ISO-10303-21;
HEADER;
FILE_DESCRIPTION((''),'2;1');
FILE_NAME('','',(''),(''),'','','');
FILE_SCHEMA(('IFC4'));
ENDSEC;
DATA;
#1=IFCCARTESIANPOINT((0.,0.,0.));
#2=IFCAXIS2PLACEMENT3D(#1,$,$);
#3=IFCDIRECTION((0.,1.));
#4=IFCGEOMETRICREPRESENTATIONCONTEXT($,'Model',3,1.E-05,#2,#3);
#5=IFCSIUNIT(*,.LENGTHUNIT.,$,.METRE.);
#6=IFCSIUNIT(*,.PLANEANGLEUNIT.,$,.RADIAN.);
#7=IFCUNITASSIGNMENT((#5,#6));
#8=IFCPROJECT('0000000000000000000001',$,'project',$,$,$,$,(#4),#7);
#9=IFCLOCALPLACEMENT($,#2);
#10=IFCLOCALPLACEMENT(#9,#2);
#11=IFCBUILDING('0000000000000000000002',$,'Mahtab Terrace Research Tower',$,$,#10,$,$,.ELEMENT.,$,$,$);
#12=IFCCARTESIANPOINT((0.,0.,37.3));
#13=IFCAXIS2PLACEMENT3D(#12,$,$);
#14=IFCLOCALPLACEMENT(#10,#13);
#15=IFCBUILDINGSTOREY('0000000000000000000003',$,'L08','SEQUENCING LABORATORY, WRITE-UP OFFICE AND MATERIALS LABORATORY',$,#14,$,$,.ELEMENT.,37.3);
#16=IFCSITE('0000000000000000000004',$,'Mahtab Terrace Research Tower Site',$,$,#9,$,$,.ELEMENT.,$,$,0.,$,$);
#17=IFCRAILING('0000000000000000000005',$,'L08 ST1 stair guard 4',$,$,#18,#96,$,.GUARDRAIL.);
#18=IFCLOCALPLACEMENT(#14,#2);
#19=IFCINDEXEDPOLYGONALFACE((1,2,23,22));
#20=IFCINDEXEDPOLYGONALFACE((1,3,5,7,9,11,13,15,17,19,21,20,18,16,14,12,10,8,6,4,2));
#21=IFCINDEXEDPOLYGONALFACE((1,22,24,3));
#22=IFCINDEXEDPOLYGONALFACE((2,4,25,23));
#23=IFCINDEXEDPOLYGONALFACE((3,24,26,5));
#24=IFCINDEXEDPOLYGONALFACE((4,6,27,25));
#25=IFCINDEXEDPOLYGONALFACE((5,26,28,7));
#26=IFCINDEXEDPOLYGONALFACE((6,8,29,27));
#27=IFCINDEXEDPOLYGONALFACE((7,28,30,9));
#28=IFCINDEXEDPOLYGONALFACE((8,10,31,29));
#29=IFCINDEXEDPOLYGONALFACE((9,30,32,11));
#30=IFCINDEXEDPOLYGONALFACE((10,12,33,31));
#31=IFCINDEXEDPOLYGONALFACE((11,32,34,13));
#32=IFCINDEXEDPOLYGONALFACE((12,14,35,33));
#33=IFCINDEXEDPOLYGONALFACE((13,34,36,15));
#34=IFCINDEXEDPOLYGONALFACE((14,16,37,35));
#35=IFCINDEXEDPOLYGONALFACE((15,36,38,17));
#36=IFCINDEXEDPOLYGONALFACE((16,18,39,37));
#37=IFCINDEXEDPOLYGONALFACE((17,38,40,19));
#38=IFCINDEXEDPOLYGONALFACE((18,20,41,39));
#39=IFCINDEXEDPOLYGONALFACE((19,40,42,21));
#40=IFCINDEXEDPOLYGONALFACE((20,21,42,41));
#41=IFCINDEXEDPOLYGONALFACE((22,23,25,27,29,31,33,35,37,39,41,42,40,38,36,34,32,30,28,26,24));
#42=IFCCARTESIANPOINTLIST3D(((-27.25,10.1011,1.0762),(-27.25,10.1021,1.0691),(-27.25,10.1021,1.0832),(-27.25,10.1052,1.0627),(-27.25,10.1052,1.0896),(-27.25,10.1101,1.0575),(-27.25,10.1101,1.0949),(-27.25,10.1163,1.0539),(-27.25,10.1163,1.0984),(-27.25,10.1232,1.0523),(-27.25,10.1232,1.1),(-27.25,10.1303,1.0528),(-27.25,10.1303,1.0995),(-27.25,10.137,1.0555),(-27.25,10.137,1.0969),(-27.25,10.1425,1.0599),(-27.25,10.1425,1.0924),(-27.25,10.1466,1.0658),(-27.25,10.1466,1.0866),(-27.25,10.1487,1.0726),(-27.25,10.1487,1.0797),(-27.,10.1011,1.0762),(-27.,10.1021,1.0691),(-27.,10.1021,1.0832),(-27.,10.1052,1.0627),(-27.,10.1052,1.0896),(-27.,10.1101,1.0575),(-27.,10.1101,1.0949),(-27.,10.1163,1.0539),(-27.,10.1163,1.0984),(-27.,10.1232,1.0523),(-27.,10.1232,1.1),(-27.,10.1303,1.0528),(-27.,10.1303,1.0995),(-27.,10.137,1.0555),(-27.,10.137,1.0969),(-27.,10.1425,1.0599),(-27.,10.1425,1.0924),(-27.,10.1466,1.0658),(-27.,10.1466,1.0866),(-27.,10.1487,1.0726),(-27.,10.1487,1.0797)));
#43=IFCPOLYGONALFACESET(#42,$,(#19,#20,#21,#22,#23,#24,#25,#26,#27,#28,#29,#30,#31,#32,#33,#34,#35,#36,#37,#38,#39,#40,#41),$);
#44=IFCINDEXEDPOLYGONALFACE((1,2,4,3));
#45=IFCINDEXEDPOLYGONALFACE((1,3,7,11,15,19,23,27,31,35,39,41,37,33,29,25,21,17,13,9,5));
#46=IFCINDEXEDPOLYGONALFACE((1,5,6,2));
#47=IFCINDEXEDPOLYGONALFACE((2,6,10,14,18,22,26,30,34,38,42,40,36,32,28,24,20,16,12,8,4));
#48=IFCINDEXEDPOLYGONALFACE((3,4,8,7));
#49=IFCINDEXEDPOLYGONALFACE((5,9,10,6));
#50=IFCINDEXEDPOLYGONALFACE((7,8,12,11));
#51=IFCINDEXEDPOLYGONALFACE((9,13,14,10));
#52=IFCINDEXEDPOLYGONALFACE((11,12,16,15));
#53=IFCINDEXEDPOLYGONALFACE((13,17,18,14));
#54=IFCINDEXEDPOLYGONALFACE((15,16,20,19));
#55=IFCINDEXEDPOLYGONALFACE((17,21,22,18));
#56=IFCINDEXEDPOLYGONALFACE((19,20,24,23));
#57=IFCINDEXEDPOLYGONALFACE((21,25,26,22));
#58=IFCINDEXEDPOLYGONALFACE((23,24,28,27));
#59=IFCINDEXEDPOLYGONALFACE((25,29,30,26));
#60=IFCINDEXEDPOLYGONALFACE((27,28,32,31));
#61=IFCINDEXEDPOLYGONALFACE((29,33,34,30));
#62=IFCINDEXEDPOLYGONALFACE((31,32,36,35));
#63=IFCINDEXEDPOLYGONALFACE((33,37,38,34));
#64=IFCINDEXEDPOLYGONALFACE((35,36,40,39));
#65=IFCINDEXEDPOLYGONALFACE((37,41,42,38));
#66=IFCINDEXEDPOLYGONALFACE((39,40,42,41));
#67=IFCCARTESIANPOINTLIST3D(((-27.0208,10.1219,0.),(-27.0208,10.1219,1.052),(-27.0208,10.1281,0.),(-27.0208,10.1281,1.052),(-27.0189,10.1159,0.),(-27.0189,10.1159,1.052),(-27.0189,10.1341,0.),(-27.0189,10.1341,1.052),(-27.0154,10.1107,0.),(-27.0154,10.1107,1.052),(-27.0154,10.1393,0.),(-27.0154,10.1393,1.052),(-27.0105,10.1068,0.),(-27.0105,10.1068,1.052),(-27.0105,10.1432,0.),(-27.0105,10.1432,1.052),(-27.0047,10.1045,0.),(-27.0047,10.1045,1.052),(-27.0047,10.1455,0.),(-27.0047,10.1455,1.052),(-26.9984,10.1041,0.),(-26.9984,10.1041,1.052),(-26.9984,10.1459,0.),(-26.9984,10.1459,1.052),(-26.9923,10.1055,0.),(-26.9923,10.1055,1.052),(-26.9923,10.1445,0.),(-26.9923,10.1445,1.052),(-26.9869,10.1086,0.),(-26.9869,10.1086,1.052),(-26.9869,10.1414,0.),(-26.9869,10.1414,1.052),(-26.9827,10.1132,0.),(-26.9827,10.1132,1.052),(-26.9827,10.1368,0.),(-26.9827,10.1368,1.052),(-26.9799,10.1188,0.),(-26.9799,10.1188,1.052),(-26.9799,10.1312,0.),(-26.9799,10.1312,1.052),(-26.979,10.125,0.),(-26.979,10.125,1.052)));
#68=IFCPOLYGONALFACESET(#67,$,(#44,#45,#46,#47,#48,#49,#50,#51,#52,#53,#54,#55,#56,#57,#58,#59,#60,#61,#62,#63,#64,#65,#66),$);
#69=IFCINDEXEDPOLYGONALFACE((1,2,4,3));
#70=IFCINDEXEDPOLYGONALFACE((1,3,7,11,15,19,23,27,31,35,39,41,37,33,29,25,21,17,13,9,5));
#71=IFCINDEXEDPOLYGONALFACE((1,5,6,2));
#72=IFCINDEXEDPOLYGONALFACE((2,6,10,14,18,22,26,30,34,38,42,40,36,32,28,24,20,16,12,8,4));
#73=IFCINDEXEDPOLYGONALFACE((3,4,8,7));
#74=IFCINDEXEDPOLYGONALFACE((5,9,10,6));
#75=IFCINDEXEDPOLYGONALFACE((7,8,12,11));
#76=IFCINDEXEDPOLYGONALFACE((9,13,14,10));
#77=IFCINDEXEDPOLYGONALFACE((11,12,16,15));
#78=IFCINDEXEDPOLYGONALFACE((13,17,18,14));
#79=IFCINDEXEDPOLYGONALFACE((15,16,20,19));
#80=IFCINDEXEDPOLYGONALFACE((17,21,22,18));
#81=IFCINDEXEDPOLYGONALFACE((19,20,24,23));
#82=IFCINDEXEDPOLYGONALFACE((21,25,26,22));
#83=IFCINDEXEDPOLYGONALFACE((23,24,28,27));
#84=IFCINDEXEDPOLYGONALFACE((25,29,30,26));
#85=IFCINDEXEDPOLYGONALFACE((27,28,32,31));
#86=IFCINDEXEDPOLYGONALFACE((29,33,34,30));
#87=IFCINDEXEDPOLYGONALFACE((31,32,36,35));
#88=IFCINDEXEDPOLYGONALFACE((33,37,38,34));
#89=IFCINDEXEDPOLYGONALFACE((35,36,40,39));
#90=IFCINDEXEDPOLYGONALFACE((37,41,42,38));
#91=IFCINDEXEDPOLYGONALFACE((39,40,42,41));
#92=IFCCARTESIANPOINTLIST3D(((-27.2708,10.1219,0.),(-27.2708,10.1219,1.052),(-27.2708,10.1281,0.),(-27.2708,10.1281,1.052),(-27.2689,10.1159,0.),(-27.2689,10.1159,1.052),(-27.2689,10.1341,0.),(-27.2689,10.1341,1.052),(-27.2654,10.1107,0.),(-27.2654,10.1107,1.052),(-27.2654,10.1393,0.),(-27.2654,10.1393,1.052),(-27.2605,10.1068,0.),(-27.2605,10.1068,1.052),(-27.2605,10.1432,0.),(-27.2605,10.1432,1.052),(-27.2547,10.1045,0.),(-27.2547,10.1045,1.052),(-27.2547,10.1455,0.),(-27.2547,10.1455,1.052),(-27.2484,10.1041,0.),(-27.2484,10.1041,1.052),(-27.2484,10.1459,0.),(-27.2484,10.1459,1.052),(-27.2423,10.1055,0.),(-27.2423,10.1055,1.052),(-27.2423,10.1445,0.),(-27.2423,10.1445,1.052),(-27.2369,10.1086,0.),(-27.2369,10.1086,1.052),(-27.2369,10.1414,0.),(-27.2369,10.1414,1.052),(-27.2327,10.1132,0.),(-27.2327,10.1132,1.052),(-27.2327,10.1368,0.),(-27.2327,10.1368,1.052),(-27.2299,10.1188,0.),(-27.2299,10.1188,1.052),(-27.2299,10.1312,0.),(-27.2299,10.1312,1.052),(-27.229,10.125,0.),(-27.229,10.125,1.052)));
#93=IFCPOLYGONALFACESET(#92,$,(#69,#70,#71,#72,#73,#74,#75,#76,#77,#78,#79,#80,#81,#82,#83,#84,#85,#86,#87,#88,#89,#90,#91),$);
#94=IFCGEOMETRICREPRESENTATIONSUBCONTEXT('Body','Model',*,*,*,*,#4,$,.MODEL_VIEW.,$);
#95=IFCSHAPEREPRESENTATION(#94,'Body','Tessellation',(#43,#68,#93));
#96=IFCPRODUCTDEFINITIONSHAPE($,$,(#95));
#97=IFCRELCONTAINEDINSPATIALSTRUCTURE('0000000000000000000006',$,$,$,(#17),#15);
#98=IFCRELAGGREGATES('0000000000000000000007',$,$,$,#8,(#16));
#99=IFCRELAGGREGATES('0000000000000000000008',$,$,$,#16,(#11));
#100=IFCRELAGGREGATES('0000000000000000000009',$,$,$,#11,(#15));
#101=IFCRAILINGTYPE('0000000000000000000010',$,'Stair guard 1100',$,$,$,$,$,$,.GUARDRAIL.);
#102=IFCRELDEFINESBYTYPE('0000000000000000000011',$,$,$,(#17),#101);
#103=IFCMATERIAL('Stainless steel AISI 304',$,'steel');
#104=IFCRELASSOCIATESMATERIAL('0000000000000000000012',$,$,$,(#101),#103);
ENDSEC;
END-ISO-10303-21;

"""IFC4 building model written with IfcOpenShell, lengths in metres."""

from ifc_helpers import new_model, si_unit, direction, frame, origin, origin_2d, place, context, subcontext, project, spatial, circle, extrude, material, type_object, element, save


model = new_model("IFC4")

# Units and contexts
model_context = context("Model", 3, precision=1e-05, world=origin(), true_north=direction((0.0, 1.0)))
body_context = subcontext(model_context, "Body", "Model", "MODEL_VIEW")
ifc_project = project(units=[si_unit("LENGTHUNIT", "METRE"), si_unit("PLANEANGLEUNIT", "RADIAN")], contexts=[model_context])

# Site, building, storey
site_placement = place(None, origin())
site = spatial("IfcSite", under=ifc_project, at=site_placement, Name="Mahtab Terrace Research Tower Site", CompositionType="ELEMENT", RefElevation=0.0)
building_placement = place(site_placement, origin())
building = spatial("IfcBuilding", under=site, at=building_placement, Name="Mahtab Terrace Research Tower", CompositionType="ELEMENT")
storey_placement = place(building_placement, frame((0.0, 0.0, 37.3)))
storey = spatial("IfcBuildingStorey", under=building, at=storey_placement, Name="L08", Description="SEQUENCING LABORATORY, WRITE-UP OFFICE AND MATERIALS LABORATORY", CompositionType="ELEMENT", Elevation=37.3)

# Railing
ifc_material_1 = material(Name="Stainless steel AISI 304", Category="steel")
railing_type_1 = type_object("IfcRailingType", Name="Stair guard 1100", PredefinedType="GUARDRAIL", material=ifc_material_1)
railing_1_placement = place(storey_placement, frame((-27.0, 10.125, 0.0)))
element("IfcRailing", 1, at=railing_1_placement, inside=storey, type_object=railing_type_1, Name="L08 ST1 stair guard 4", PredefinedType="GUARDRAIL", context=body_context, shape_type="SweptSolid", body=[
    extrude(circle(Radius=0.0239, at=origin_2d()), frame((0.0, 0.0, 1.0762), z_axis=(-1.0, 0.0, 0.0), x_axis=(0.0, -1.0, 0.0)), (0.0, 0.0, 1.0), 0.25),
    extrude(circle(Radius=0.021, at=origin_2d()), origin(), (0.0, 0.0, 1.0), 1.052),
    extrude(circle(Radius=0.021, at=origin_2d()), frame((-0.25, 0.0, 0.0)), (0.0, 0.0, 1.0), 1.052),
])

save(model, "model.ifc")
